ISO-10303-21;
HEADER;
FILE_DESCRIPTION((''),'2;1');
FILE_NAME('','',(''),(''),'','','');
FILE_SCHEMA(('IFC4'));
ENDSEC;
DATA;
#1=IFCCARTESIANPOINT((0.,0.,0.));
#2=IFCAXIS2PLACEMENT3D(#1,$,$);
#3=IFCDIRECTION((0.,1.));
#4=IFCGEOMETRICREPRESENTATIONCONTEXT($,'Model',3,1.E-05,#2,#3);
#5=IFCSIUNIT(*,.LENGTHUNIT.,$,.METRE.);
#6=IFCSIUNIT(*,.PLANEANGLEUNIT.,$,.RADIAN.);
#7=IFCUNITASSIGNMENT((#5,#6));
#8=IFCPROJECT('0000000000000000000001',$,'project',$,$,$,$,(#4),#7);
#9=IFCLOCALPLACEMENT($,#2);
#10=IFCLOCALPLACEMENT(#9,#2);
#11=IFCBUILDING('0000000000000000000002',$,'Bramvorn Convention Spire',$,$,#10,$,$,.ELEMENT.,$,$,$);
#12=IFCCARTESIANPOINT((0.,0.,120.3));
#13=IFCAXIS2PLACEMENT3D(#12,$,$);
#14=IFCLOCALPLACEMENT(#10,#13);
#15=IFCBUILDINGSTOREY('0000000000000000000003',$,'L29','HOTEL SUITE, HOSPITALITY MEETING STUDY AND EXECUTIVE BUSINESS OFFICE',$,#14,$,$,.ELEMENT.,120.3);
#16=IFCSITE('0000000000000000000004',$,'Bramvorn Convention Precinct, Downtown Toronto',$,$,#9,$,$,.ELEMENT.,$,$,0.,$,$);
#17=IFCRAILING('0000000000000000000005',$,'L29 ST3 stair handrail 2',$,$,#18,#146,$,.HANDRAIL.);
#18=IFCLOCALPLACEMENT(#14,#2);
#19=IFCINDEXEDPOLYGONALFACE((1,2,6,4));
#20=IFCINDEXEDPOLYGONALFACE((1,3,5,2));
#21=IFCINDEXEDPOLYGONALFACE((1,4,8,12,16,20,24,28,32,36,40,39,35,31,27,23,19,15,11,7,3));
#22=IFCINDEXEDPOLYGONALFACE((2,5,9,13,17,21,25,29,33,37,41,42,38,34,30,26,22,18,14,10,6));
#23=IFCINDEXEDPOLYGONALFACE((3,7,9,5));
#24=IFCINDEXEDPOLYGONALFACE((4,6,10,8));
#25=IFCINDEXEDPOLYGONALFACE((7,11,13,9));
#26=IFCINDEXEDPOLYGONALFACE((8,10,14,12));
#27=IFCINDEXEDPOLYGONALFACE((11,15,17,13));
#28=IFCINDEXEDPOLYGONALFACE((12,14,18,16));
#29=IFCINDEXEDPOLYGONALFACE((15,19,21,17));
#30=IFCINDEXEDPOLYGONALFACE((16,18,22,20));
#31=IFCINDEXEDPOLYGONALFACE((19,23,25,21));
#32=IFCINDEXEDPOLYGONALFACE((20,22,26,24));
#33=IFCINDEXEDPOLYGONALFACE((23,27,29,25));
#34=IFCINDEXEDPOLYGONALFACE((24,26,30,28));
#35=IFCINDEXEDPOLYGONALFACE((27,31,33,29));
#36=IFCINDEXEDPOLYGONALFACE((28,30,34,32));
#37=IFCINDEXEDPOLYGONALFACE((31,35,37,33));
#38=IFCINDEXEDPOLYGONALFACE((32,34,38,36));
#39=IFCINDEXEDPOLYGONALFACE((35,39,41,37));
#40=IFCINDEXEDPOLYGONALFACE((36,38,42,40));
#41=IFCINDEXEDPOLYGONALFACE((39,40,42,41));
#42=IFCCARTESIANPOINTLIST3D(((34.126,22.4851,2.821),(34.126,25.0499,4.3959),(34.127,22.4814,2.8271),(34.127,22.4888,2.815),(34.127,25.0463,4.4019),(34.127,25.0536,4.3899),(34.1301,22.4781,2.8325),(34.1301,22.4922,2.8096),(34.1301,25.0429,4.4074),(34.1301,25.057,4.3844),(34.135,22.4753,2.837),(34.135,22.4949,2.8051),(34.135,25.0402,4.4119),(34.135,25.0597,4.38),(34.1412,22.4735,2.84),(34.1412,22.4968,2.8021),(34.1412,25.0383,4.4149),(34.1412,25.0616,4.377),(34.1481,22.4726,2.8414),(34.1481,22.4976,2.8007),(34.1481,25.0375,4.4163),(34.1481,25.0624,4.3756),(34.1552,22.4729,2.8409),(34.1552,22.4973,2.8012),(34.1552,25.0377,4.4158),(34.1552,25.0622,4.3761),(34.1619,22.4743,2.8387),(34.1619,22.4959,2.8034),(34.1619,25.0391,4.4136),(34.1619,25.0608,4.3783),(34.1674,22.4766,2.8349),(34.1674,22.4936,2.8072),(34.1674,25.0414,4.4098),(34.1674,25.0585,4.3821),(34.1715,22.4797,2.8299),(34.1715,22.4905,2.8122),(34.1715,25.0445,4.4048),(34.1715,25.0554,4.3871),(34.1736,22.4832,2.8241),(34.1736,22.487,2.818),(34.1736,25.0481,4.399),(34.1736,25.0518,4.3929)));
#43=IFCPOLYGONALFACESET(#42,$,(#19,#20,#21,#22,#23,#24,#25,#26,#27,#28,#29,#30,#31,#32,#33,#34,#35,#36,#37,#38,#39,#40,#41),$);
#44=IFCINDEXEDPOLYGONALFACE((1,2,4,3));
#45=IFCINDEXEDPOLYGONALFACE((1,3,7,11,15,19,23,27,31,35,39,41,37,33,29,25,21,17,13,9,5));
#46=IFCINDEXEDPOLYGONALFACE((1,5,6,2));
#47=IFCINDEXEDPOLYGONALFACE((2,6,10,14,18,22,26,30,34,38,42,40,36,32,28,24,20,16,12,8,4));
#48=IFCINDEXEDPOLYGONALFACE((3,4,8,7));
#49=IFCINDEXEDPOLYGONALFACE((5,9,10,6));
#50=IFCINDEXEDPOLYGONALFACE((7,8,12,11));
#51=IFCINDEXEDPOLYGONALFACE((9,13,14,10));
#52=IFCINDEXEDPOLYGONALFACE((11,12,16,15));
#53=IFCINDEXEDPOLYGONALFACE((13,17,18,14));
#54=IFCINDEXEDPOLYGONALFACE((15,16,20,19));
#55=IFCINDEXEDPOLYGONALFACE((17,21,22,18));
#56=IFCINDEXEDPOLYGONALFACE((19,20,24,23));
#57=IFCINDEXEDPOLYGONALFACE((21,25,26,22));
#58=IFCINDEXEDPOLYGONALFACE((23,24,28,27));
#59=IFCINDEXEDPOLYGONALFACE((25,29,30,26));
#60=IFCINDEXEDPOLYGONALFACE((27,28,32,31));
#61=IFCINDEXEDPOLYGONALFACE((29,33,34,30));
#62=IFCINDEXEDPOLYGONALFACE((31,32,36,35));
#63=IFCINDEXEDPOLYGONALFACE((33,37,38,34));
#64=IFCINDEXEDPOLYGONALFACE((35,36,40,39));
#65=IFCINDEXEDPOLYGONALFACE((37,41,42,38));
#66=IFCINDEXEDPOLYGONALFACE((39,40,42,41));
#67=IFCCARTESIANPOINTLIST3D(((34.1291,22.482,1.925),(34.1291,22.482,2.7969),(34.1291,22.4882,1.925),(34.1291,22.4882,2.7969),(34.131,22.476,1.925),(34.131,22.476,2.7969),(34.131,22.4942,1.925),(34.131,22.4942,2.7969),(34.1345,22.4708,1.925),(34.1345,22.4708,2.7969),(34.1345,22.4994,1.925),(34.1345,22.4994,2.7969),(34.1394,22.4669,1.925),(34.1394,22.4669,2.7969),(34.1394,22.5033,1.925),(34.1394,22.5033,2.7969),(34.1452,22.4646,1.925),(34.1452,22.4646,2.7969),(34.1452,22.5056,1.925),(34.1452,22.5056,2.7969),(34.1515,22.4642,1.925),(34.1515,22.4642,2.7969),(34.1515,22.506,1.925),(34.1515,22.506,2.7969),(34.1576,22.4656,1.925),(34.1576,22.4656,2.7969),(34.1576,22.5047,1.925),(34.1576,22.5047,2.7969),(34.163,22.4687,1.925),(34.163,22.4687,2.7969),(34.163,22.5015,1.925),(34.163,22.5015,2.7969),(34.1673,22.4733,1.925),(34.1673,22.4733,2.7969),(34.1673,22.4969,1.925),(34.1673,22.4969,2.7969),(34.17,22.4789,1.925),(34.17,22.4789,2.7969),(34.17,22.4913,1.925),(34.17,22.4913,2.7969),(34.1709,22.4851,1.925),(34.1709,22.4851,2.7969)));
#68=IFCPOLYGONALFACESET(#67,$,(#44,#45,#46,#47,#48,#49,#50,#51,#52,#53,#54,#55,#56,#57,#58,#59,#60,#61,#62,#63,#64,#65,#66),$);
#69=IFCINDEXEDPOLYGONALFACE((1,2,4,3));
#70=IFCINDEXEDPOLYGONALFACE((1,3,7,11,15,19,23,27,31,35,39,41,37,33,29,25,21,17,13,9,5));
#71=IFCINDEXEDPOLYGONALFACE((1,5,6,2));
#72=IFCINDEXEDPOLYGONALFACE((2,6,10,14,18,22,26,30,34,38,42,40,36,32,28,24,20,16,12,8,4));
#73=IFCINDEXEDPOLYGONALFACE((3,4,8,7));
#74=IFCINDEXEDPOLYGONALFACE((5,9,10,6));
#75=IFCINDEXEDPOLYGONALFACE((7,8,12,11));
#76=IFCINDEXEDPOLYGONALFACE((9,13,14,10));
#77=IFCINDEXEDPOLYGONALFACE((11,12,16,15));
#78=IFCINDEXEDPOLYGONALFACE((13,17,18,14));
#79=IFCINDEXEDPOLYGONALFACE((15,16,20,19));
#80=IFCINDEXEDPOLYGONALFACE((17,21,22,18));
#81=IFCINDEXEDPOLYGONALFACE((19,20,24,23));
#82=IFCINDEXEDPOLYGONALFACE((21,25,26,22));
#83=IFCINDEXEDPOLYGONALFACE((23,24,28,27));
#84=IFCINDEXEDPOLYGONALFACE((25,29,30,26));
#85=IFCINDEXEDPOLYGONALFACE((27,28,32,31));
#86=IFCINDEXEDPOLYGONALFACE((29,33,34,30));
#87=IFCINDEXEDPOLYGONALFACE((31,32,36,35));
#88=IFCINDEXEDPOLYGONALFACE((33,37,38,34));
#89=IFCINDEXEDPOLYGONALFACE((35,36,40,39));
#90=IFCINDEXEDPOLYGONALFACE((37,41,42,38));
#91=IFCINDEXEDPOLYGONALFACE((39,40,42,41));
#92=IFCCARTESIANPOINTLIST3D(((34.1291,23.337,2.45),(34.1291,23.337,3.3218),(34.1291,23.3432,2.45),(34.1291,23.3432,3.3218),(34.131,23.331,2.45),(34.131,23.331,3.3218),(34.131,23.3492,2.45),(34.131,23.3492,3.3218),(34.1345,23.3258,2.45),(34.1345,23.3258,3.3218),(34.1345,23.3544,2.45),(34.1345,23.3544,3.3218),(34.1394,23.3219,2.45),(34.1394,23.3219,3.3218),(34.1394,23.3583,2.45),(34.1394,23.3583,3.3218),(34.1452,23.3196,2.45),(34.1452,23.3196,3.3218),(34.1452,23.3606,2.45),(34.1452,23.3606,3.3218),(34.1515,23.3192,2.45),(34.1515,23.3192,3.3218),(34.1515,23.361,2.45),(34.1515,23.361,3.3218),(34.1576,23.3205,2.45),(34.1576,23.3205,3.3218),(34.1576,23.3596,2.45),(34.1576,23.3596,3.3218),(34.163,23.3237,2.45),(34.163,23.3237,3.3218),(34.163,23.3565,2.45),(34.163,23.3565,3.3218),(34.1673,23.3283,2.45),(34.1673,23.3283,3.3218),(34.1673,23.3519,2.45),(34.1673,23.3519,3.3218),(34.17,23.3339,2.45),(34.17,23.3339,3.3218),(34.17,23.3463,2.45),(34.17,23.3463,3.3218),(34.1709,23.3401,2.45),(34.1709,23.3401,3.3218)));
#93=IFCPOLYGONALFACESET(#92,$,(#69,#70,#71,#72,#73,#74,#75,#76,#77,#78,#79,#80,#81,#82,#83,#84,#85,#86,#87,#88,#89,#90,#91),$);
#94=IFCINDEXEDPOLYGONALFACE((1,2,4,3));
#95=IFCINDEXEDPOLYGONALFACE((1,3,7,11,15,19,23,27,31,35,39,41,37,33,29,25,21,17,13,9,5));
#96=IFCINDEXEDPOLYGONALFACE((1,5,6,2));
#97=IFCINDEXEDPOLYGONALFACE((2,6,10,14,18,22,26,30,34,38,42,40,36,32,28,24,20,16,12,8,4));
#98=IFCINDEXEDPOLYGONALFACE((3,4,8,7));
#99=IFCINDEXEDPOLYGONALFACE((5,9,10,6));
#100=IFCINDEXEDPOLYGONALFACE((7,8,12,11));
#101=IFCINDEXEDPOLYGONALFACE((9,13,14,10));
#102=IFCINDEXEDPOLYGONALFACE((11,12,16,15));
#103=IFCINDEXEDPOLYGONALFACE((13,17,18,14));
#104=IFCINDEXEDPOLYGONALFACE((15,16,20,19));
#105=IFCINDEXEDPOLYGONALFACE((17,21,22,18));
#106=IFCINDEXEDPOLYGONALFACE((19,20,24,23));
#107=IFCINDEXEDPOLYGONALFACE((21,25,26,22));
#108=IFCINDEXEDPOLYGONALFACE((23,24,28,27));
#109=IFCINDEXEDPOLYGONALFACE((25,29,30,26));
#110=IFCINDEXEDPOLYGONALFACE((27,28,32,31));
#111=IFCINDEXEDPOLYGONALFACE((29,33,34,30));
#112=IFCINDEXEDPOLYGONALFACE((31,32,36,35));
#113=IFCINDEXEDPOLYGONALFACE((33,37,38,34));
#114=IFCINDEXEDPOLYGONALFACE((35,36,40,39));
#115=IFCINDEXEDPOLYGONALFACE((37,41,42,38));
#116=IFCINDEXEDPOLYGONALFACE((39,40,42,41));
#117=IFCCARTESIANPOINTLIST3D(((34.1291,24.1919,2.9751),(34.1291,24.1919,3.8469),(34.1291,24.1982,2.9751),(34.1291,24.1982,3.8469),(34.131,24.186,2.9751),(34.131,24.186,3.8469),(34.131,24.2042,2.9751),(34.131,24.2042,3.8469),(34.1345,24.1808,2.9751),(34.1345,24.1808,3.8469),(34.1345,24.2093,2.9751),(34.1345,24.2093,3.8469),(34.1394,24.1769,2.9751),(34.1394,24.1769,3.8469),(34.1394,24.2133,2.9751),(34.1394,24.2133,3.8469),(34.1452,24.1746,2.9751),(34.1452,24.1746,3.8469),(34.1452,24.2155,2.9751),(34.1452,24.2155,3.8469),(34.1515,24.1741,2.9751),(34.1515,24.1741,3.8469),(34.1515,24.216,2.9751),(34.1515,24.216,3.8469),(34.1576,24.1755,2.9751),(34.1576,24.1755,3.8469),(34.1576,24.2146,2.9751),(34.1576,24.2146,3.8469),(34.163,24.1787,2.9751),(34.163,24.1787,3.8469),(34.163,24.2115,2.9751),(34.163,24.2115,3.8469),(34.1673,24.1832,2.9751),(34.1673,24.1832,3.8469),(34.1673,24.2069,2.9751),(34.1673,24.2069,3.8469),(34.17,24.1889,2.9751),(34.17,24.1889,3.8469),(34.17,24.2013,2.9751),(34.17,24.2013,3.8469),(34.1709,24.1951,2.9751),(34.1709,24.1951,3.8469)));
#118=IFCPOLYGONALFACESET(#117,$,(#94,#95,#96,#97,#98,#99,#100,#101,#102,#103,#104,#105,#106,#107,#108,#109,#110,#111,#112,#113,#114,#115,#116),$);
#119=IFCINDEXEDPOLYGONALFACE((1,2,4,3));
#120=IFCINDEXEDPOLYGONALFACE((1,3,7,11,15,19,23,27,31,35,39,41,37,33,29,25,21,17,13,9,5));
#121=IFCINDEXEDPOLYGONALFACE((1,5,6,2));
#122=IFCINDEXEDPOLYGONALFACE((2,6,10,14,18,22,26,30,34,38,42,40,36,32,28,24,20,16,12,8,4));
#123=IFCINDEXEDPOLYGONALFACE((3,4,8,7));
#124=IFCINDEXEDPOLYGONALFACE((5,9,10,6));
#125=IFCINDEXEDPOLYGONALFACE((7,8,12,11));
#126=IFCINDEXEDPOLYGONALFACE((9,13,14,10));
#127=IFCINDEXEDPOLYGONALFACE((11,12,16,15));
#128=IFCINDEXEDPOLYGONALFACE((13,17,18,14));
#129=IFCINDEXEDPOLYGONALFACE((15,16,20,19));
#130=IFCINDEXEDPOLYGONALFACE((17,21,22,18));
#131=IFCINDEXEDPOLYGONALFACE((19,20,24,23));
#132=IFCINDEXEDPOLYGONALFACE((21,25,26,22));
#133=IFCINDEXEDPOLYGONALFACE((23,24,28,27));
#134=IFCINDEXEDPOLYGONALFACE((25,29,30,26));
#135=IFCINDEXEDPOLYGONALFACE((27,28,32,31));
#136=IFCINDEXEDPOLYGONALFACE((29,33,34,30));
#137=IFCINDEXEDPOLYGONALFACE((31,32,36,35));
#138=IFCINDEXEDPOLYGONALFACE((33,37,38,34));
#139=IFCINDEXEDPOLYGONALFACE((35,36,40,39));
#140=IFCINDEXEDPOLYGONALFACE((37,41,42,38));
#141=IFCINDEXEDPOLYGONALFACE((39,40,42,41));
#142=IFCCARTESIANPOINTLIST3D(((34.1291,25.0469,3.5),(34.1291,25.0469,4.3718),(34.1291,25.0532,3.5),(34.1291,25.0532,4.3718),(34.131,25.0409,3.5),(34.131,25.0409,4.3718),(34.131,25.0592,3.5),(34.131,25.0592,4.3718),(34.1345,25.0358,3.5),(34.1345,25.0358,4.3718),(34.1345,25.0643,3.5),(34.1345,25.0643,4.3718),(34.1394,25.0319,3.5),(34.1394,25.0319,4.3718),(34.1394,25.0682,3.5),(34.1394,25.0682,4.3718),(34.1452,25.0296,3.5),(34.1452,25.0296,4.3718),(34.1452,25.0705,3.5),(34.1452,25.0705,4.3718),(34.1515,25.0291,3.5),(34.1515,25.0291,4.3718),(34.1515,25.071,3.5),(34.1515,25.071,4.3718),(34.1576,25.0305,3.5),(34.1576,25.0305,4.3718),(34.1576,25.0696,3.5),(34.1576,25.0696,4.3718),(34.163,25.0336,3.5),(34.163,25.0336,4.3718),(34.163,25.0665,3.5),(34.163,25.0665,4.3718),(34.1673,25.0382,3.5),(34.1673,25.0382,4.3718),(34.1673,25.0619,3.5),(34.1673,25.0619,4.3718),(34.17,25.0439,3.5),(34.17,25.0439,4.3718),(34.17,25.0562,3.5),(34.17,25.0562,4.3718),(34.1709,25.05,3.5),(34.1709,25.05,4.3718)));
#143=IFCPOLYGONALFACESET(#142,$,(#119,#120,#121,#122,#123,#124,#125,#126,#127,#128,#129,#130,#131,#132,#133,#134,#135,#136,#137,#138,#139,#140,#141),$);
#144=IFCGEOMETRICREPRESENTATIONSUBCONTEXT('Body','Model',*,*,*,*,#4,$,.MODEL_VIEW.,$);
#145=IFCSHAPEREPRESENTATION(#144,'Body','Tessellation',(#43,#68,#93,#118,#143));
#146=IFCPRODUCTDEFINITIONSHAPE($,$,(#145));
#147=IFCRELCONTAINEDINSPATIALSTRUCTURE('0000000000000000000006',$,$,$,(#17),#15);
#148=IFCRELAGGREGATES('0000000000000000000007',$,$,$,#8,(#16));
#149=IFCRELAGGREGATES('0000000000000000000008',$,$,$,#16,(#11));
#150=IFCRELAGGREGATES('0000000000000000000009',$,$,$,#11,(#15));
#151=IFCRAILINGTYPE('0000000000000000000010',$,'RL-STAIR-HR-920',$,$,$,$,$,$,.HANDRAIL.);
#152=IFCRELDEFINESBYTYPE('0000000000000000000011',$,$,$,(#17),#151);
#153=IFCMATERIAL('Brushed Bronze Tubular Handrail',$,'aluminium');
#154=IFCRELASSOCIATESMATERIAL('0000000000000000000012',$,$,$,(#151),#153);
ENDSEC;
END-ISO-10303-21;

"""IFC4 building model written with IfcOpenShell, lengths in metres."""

from ifc_helpers import new_model, si_unit, direction, frame, origin, origin_2d, place, context, subcontext, project, spatial, circle, extrude, material, type_object, element, save


model = new_model("IFC4")

# Units and contexts
model_context = context("Model", 3, precision=1e-05, world=origin(), true_north=direction((0.0, 1.0)))
body_context = subcontext(model_context, "Body", "Model", "MODEL_VIEW")
ifc_project = project(units=[si_unit("LENGTHUNIT", "METRE"), si_unit("PLANEANGLEUNIT", "RADIAN")], contexts=[model_context])

# Site, building, storey
site_placement = place(None, origin())
site = spatial("IfcSite", under=ifc_project, at=site_placement, Name="Bramvorn Convention Precinct, Downtown Toronto", CompositionType="ELEMENT", RefElevation=0.0)
building_placement = place(site_placement, origin())
building = spatial("IfcBuilding", under=site, at=building_placement, Name="Bramvorn Convention Spire", CompositionType="ELEMENT")
storey_placement = place(building_placement, frame((0.0, 0.0, 120.3)))
storey = spatial("IfcBuildingStorey", under=building, at=storey_placement, Name="L29", Description="HOTEL SUITE, HOSPITALITY MEETING STUDY AND EXECUTIVE BUSINESS OFFICE", CompositionType="ELEMENT", Elevation=120.3)

# Railing
ifc_material_1 = material(Name="Brushed Bronze Tubular Handrail", Category="aluminium")
railing_type_1 = type_object("IfcRailingType", Name="RL-STAIR-HR-920", PredefinedType="HANDRAIL", material=ifc_material_1)
railing_1_placement = place(storey_placement, frame((34.1499, 22.4851, 1.925)))
element("IfcRailing", 1, at=railing_1_placement, inside=storey, type_object=railing_type_1, Name="L29 ST3 stair handrail 2", PredefinedType="HANDRAIL", context=body_context, shape_type="SweptSolid", body=[
    extrude(circle(Radius=0.0239, at=origin_2d()), frame((0.0, 0.0, 0.896), z_axis=(0.0, 0.852173, 0.52326), x_axis=(-1.0, 0.0, 0.0)), (0.0, 0.0, 1.0), 3.0098),
    extrude(circle(Radius=0.021, at=origin_2d()), origin(), (0.0, 0.0, 1.0), 0.8718),
    extrude(circle(Radius=0.021, at=origin_2d()), frame((0.0, 0.855, 0.5249)), (0.0, 0.0, 1.0), 0.8718),
    extrude(circle(Radius=0.021, at=origin_2d()), frame((0.0, 1.71, 1.05)), (0.0, 0.0, 1.0), 0.8718),
    extrude(circle(Radius=0.021, at=origin_2d()), frame((0.0, 2.5649, 1.575)), (0.0, 0.0, 1.0), 0.8718),
])

save(model, "model.ifc")
